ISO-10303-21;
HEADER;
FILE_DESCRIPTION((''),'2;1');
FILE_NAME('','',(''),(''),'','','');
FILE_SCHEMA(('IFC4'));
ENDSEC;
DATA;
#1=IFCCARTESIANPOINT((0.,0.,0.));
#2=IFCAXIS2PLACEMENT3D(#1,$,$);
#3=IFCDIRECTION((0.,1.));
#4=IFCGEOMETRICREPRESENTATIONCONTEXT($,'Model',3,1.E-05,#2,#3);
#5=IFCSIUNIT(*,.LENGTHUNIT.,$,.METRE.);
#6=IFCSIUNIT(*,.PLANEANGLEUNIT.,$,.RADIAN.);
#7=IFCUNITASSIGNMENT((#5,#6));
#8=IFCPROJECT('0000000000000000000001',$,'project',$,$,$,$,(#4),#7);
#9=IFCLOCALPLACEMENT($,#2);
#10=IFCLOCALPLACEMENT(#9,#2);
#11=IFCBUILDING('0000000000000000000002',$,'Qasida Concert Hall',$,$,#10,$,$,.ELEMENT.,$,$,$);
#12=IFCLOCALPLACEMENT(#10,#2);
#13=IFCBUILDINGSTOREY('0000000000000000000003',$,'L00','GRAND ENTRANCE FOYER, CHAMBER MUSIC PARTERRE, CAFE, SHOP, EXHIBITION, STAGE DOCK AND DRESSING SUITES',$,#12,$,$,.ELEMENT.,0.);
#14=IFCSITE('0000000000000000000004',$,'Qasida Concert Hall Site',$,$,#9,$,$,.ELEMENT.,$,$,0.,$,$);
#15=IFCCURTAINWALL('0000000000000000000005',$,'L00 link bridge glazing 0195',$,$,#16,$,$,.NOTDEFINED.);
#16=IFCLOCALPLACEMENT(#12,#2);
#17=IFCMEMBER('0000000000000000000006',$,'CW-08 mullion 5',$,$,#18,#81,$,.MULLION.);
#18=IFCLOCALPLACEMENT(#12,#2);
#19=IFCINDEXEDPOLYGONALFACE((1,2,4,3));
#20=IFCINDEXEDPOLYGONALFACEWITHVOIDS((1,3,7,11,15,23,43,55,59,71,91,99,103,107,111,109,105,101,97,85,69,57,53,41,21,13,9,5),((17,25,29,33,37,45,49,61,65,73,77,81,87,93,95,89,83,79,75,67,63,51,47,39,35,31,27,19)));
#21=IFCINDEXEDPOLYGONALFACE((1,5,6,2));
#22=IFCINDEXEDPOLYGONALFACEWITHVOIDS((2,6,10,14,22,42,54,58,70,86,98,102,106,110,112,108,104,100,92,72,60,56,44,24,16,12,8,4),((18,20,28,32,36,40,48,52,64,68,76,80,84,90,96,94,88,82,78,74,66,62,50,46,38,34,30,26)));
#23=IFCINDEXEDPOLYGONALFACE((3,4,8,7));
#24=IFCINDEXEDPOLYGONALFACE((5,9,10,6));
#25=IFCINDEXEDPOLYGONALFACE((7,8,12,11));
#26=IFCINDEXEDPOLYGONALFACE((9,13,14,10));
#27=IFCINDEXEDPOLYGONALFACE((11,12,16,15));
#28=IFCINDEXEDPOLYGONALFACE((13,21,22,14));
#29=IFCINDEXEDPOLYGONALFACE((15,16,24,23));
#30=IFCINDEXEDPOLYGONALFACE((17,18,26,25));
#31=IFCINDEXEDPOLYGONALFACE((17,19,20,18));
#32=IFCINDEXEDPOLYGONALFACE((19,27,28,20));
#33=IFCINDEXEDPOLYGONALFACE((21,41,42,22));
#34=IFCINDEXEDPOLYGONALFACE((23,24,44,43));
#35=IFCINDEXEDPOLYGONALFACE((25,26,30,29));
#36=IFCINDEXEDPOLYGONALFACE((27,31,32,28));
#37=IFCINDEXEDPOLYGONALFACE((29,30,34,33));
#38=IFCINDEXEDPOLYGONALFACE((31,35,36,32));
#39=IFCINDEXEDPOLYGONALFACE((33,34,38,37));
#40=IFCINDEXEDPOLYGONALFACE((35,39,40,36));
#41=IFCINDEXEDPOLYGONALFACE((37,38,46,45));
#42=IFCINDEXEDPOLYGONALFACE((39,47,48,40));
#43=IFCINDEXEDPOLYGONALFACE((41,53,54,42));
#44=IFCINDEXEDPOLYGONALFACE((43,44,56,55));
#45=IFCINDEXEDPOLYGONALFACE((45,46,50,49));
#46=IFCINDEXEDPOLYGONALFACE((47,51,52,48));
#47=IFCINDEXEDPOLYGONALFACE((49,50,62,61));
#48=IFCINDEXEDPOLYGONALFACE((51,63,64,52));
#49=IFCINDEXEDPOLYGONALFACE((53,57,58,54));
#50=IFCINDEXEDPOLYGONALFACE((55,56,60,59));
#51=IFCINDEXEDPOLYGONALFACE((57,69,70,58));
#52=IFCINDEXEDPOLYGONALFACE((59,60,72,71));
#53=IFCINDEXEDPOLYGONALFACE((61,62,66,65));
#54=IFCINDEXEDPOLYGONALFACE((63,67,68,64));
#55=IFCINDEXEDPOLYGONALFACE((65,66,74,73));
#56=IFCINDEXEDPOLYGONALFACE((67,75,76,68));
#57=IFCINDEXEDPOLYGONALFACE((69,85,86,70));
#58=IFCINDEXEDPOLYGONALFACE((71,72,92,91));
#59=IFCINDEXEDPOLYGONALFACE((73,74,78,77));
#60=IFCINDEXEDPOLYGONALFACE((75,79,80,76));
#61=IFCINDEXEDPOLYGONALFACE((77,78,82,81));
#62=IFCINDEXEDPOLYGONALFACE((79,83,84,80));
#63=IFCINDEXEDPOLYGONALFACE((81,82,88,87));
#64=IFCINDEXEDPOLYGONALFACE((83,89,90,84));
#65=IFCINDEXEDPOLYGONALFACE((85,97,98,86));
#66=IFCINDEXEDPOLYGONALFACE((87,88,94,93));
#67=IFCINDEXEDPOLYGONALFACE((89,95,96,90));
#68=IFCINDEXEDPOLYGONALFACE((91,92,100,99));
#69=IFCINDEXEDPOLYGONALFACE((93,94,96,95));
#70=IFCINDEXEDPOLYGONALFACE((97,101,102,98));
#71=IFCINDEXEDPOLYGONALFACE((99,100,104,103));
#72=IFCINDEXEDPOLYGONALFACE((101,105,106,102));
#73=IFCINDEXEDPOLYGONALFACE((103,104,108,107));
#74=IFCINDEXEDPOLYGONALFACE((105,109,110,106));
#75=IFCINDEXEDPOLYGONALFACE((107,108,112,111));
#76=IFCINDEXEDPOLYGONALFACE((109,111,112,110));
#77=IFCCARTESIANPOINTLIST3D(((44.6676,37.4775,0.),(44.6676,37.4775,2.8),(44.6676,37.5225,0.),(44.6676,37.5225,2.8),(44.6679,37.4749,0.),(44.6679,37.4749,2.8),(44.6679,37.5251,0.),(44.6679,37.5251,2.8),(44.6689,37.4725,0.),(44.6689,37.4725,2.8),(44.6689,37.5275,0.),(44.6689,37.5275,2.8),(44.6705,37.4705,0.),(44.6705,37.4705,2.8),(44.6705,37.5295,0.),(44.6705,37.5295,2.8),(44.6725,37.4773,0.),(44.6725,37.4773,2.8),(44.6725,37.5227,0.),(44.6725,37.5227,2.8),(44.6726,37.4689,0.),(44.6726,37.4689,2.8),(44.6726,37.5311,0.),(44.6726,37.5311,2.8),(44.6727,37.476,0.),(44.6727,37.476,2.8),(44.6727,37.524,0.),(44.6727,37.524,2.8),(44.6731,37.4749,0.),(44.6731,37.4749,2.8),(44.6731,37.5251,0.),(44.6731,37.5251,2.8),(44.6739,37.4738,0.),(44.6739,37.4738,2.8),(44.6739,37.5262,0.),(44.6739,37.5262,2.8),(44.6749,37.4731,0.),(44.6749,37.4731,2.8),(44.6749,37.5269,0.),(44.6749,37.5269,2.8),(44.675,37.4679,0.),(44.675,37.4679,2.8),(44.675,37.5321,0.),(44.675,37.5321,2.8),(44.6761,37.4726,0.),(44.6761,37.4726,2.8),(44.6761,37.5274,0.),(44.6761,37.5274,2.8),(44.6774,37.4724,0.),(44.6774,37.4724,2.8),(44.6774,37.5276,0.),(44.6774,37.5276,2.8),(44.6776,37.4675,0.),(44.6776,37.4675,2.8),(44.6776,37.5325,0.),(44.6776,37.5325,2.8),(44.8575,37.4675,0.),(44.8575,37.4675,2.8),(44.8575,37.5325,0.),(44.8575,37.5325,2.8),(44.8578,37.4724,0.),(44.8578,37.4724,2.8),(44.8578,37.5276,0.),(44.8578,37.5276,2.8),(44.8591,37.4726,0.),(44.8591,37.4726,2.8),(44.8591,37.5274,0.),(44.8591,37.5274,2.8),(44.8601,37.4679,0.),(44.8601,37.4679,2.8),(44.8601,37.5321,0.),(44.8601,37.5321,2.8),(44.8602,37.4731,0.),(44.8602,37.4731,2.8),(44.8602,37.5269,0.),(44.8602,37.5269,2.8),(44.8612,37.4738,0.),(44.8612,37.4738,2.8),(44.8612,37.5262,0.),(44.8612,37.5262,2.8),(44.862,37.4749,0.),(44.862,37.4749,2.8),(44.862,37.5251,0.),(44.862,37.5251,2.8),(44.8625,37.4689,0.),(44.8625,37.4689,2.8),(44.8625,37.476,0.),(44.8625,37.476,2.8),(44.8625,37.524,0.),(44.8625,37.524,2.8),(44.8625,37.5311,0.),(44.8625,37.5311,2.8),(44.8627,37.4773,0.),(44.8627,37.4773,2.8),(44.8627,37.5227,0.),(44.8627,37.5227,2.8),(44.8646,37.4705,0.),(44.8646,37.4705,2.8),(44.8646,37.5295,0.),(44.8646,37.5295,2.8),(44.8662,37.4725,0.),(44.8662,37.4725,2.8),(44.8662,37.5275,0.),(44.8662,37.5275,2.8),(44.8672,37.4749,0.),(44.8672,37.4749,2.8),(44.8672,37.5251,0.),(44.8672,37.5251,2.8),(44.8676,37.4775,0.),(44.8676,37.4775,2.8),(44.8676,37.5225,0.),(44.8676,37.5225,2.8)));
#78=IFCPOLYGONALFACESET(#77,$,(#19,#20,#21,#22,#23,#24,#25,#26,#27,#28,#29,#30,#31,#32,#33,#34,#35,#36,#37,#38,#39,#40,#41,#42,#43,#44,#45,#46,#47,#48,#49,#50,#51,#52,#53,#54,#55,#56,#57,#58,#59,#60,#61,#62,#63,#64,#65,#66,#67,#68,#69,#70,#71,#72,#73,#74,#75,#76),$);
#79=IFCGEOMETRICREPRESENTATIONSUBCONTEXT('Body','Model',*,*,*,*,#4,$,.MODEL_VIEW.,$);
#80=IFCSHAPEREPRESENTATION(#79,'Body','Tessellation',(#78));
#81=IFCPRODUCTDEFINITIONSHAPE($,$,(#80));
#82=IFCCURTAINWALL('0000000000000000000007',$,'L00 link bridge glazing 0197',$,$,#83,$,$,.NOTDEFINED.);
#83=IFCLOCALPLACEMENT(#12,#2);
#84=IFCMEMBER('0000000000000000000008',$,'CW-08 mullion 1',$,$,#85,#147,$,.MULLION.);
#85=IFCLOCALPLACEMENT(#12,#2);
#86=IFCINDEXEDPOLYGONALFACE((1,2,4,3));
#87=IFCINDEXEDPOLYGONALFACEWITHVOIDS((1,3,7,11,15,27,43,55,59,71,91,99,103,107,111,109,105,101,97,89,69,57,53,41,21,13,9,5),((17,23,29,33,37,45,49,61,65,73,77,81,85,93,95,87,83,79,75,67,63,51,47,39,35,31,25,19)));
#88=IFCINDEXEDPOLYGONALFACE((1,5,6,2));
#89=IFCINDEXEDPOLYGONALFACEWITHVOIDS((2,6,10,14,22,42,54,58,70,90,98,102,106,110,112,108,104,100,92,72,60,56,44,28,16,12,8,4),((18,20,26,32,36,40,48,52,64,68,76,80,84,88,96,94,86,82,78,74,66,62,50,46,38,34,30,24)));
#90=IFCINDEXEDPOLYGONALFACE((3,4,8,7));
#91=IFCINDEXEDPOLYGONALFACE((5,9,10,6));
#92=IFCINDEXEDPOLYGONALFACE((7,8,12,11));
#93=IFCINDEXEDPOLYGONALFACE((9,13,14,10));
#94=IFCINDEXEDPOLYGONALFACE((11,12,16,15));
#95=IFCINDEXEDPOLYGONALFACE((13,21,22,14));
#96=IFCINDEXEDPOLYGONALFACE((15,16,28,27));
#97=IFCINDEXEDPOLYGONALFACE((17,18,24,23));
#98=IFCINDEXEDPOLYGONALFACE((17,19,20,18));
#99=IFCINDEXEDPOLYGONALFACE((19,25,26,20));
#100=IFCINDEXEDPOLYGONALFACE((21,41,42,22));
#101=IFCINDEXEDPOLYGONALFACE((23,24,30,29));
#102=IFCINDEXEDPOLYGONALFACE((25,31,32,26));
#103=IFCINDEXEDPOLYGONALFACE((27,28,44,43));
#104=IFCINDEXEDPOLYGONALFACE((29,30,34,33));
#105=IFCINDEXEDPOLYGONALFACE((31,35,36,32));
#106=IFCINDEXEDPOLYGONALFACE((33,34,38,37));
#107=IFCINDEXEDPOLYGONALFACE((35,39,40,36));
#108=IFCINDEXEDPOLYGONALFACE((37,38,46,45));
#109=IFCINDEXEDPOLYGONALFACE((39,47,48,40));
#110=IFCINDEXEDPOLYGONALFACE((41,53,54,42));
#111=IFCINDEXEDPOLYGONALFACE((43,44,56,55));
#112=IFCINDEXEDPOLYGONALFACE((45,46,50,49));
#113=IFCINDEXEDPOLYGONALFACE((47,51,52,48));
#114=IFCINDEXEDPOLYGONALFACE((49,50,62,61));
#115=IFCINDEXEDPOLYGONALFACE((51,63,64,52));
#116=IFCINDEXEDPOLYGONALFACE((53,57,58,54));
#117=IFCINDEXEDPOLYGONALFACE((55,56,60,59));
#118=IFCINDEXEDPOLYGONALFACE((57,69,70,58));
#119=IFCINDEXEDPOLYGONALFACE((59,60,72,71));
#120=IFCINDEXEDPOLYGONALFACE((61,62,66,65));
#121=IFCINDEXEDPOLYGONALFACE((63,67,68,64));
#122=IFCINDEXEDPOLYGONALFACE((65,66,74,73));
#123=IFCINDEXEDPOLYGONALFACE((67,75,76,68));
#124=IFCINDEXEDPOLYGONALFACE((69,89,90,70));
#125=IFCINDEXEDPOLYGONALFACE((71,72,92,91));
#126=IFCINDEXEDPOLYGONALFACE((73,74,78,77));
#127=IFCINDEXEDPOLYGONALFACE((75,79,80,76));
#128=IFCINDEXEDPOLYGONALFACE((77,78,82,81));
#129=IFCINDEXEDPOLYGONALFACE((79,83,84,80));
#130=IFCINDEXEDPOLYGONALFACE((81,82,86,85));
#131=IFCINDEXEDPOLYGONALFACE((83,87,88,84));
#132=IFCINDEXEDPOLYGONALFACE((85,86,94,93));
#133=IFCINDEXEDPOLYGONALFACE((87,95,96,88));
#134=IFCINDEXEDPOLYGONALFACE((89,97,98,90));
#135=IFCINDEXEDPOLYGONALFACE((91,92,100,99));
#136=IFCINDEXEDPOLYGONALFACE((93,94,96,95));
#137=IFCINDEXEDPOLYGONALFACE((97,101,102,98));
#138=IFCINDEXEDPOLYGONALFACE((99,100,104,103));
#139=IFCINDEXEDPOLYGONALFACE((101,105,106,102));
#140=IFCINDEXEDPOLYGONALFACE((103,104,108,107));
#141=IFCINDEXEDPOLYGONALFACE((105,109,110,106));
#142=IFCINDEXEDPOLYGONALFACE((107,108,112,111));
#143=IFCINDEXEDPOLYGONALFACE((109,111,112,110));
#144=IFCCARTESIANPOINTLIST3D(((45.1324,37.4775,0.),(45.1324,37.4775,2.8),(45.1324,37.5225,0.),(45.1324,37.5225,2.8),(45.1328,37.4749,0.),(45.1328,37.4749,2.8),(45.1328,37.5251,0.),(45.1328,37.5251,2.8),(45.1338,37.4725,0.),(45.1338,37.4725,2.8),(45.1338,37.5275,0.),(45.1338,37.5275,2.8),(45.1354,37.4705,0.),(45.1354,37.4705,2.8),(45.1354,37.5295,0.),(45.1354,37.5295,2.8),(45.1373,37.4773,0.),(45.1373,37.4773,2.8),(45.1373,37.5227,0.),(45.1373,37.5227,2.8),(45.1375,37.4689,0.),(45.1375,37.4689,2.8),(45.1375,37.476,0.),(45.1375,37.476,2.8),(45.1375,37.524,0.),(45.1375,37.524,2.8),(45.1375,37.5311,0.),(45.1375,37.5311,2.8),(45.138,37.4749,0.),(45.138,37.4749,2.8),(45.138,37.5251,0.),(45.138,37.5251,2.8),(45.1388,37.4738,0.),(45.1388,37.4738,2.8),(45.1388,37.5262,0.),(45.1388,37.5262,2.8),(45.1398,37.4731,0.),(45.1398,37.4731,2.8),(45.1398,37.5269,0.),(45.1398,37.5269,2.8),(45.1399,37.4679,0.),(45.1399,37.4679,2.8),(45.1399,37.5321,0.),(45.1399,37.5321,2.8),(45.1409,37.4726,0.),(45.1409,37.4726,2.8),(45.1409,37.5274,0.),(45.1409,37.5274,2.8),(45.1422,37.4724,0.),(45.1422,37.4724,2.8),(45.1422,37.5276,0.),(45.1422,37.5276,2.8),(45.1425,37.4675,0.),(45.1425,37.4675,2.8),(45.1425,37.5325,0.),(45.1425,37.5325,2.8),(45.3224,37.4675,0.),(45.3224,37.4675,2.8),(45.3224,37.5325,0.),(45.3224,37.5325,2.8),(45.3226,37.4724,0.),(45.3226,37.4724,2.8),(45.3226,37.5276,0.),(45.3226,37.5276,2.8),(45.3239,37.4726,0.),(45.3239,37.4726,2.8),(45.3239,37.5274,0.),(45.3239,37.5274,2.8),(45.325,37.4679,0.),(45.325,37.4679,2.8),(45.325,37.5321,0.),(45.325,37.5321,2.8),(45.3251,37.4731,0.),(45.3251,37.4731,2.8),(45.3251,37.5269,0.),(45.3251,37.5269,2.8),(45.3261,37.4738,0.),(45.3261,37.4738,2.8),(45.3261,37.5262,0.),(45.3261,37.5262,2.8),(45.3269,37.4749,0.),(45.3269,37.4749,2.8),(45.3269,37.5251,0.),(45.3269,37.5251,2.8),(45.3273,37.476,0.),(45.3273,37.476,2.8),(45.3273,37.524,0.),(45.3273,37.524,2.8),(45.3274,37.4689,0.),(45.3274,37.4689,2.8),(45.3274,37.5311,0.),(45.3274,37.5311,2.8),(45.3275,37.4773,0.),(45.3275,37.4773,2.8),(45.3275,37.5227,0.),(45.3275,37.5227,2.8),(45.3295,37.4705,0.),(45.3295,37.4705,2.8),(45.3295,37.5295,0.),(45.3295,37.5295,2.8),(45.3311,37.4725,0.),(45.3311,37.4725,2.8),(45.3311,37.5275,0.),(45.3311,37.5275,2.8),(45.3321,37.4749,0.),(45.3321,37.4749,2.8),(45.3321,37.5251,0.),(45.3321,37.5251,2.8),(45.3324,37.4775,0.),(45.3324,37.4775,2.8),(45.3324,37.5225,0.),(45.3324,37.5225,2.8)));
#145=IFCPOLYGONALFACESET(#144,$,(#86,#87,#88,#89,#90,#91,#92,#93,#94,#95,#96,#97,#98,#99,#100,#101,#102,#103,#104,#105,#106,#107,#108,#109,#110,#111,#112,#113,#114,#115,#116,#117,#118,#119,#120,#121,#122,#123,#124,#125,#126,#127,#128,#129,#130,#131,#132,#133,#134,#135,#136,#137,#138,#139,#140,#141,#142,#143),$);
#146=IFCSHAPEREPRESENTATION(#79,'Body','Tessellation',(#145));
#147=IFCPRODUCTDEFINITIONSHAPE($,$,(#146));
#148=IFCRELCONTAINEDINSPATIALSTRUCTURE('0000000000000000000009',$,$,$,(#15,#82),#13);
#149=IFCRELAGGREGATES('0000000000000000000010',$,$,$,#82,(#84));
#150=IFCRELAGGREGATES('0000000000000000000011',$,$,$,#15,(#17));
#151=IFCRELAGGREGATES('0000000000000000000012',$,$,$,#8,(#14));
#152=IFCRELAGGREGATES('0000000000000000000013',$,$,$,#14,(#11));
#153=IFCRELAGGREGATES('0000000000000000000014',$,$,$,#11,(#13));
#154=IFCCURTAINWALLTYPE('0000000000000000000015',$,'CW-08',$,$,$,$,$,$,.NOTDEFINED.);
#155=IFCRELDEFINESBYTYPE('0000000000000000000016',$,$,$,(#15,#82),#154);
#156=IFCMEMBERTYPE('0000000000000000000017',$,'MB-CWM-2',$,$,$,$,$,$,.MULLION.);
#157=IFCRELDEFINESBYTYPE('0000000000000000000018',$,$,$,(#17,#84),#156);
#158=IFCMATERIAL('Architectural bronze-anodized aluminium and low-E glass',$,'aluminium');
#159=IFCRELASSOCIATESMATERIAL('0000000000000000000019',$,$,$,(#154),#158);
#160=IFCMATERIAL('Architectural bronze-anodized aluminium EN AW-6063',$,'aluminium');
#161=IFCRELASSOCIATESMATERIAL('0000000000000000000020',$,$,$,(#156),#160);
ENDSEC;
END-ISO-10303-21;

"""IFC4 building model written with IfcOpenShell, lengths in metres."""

from ifc_helpers import new_model, si_unit, direction, frame, origin, origin_2d, place, context, subcontext, project, spatial, hollow_rectangle, extrude, material, material_profile, profile_set, type_object, element, aggregate, save


model = new_model("IFC4")

# Units and contexts
model_context = context("Model", 3, precision=1e-05, world=origin(), true_north=direction((0.0, 1.0)))
body_context = subcontext(model_context, "Body", "Model", "MODEL_VIEW")
ifc_project = project(units=[si_unit("LENGTHUNIT", "METRE"), si_unit("PLANEANGLEUNIT", "RADIAN")], contexts=[model_context])

# Site, building, storey
site_placement = place(None, origin())
site = spatial("IfcSite", under=ifc_project, at=site_placement, Name="Qasida Concert Hall Site", CompositionType="ELEMENT", RefElevation=0.0)
building_placement = place(site_placement, origin())
building = spatial("IfcBuilding", under=site, at=building_placement, Name="Qasida Concert Hall", CompositionType="ELEMENT")
storey_placement = place(building_placement, origin())
storey = spatial("IfcBuildingStorey", under=building, at=storey_placement, Name="L00", Description="GRAND ENTRANCE FOYER, CHAMBER MUSIC PARTERRE, CAFE, SHOP, EXHIBITION, STAGE DOCK AND DRESSING SUITES", CompositionType="ELEMENT", Elevation=0.0)

# Curtain wall, member
ifc_material_1 = material(Name="Architectural bronze-anodized aluminium and low-E glass", Category="aluminium")
curtain_wall_type = type_object("IfcCurtainWallType", Name="CW-08", PredefinedType="NOTDEFINED", material=ifc_material_1)
curtain_wall_1_placement = place(storey_placement, origin())
curtain_wall_1 = element("IfcCurtainWall", 1, at=curtain_wall_1_placement, inside=storey, type_object=curtain_wall_type, Name="L00 link bridge glazing 0195", PredefinedType="NOTDEFINED")
ifc_material_2 = material(Name="Architectural bronze-anodized aluminium EN AW-6063", Category="aluminium")
ifc_material_profile_1 = material_profile(ifc_material_2, hollow_rectangle(XDim=0.0649, YDim=0.2, WallThickness=0.0049, InnerFilletRadius=0.0049, OuterFilletRadius=0.01, at=origin_2d()), Name="CWM 200x65x5")
ifc_profile_set_1 = profile_set([ifc_material_profile_1], Name="Architectural bronze-anodized aluminium EN AW-6063")
member_type_1 = type_object("IfcMemberType", Name="MB-CWM-2", PredefinedType="MULLION", material=ifc_profile_set_1)
member_1_placement = place(storey_placement, frame((44.7676, 37.5, 0.0), z_axis=(0.0, 0.0, 1.0), x_axis=(0.0, 1.0, 0.0)))
member_1 = element("IfcMember", 2, at=member_1_placement, type_object=member_type_1, Name="CW-08 mullion 5", PredefinedType="MULLION", context=body_context, shape_type="SweptSolid", body=[
    extrude(hollow_rectangle(XDim=0.0649, YDim=0.2, WallThickness=0.0049, InnerFilletRadius=0.0049, OuterFilletRadius=0.01, at=origin_2d()), origin(), (0.0, 0.0, 1.0), 2.8),
])

# Curtain wall, member
curtain_wall_2_placement = place(storey_placement, origin())
curtain_wall_2 = element("IfcCurtainWall", 3, at=curtain_wall_2_placement, inside=storey, type_object=curtain_wall_type, Name="L00 link bridge glazing 0197", PredefinedType="NOTDEFINED")
member_2_placement = place(storey_placement, frame((45.2324, 37.5, 0.0), z_axis=(0.0, 0.0, 1.0), x_axis=(0.0, 1.0, 0.0)))
member_2 = element("IfcMember", 4, at=member_2_placement, type_object=member_type_1, Name="CW-08 mullion 1", PredefinedType="MULLION", context=body_context, shape_type="SweptSolid", body=[
    extrude(hollow_rectangle(XDim=0.0649, YDim=0.2, WallThickness=0.0049, InnerFilletRadius=0.0049, OuterFilletRadius=0.01, at=origin_2d()), origin(), (0.0, 0.0, 1.0), 2.8),
])
aggregate(curtain_wall_2, [member_2])

aggregate(curtain_wall_1, [member_1])

save(model, "model.ifc")
